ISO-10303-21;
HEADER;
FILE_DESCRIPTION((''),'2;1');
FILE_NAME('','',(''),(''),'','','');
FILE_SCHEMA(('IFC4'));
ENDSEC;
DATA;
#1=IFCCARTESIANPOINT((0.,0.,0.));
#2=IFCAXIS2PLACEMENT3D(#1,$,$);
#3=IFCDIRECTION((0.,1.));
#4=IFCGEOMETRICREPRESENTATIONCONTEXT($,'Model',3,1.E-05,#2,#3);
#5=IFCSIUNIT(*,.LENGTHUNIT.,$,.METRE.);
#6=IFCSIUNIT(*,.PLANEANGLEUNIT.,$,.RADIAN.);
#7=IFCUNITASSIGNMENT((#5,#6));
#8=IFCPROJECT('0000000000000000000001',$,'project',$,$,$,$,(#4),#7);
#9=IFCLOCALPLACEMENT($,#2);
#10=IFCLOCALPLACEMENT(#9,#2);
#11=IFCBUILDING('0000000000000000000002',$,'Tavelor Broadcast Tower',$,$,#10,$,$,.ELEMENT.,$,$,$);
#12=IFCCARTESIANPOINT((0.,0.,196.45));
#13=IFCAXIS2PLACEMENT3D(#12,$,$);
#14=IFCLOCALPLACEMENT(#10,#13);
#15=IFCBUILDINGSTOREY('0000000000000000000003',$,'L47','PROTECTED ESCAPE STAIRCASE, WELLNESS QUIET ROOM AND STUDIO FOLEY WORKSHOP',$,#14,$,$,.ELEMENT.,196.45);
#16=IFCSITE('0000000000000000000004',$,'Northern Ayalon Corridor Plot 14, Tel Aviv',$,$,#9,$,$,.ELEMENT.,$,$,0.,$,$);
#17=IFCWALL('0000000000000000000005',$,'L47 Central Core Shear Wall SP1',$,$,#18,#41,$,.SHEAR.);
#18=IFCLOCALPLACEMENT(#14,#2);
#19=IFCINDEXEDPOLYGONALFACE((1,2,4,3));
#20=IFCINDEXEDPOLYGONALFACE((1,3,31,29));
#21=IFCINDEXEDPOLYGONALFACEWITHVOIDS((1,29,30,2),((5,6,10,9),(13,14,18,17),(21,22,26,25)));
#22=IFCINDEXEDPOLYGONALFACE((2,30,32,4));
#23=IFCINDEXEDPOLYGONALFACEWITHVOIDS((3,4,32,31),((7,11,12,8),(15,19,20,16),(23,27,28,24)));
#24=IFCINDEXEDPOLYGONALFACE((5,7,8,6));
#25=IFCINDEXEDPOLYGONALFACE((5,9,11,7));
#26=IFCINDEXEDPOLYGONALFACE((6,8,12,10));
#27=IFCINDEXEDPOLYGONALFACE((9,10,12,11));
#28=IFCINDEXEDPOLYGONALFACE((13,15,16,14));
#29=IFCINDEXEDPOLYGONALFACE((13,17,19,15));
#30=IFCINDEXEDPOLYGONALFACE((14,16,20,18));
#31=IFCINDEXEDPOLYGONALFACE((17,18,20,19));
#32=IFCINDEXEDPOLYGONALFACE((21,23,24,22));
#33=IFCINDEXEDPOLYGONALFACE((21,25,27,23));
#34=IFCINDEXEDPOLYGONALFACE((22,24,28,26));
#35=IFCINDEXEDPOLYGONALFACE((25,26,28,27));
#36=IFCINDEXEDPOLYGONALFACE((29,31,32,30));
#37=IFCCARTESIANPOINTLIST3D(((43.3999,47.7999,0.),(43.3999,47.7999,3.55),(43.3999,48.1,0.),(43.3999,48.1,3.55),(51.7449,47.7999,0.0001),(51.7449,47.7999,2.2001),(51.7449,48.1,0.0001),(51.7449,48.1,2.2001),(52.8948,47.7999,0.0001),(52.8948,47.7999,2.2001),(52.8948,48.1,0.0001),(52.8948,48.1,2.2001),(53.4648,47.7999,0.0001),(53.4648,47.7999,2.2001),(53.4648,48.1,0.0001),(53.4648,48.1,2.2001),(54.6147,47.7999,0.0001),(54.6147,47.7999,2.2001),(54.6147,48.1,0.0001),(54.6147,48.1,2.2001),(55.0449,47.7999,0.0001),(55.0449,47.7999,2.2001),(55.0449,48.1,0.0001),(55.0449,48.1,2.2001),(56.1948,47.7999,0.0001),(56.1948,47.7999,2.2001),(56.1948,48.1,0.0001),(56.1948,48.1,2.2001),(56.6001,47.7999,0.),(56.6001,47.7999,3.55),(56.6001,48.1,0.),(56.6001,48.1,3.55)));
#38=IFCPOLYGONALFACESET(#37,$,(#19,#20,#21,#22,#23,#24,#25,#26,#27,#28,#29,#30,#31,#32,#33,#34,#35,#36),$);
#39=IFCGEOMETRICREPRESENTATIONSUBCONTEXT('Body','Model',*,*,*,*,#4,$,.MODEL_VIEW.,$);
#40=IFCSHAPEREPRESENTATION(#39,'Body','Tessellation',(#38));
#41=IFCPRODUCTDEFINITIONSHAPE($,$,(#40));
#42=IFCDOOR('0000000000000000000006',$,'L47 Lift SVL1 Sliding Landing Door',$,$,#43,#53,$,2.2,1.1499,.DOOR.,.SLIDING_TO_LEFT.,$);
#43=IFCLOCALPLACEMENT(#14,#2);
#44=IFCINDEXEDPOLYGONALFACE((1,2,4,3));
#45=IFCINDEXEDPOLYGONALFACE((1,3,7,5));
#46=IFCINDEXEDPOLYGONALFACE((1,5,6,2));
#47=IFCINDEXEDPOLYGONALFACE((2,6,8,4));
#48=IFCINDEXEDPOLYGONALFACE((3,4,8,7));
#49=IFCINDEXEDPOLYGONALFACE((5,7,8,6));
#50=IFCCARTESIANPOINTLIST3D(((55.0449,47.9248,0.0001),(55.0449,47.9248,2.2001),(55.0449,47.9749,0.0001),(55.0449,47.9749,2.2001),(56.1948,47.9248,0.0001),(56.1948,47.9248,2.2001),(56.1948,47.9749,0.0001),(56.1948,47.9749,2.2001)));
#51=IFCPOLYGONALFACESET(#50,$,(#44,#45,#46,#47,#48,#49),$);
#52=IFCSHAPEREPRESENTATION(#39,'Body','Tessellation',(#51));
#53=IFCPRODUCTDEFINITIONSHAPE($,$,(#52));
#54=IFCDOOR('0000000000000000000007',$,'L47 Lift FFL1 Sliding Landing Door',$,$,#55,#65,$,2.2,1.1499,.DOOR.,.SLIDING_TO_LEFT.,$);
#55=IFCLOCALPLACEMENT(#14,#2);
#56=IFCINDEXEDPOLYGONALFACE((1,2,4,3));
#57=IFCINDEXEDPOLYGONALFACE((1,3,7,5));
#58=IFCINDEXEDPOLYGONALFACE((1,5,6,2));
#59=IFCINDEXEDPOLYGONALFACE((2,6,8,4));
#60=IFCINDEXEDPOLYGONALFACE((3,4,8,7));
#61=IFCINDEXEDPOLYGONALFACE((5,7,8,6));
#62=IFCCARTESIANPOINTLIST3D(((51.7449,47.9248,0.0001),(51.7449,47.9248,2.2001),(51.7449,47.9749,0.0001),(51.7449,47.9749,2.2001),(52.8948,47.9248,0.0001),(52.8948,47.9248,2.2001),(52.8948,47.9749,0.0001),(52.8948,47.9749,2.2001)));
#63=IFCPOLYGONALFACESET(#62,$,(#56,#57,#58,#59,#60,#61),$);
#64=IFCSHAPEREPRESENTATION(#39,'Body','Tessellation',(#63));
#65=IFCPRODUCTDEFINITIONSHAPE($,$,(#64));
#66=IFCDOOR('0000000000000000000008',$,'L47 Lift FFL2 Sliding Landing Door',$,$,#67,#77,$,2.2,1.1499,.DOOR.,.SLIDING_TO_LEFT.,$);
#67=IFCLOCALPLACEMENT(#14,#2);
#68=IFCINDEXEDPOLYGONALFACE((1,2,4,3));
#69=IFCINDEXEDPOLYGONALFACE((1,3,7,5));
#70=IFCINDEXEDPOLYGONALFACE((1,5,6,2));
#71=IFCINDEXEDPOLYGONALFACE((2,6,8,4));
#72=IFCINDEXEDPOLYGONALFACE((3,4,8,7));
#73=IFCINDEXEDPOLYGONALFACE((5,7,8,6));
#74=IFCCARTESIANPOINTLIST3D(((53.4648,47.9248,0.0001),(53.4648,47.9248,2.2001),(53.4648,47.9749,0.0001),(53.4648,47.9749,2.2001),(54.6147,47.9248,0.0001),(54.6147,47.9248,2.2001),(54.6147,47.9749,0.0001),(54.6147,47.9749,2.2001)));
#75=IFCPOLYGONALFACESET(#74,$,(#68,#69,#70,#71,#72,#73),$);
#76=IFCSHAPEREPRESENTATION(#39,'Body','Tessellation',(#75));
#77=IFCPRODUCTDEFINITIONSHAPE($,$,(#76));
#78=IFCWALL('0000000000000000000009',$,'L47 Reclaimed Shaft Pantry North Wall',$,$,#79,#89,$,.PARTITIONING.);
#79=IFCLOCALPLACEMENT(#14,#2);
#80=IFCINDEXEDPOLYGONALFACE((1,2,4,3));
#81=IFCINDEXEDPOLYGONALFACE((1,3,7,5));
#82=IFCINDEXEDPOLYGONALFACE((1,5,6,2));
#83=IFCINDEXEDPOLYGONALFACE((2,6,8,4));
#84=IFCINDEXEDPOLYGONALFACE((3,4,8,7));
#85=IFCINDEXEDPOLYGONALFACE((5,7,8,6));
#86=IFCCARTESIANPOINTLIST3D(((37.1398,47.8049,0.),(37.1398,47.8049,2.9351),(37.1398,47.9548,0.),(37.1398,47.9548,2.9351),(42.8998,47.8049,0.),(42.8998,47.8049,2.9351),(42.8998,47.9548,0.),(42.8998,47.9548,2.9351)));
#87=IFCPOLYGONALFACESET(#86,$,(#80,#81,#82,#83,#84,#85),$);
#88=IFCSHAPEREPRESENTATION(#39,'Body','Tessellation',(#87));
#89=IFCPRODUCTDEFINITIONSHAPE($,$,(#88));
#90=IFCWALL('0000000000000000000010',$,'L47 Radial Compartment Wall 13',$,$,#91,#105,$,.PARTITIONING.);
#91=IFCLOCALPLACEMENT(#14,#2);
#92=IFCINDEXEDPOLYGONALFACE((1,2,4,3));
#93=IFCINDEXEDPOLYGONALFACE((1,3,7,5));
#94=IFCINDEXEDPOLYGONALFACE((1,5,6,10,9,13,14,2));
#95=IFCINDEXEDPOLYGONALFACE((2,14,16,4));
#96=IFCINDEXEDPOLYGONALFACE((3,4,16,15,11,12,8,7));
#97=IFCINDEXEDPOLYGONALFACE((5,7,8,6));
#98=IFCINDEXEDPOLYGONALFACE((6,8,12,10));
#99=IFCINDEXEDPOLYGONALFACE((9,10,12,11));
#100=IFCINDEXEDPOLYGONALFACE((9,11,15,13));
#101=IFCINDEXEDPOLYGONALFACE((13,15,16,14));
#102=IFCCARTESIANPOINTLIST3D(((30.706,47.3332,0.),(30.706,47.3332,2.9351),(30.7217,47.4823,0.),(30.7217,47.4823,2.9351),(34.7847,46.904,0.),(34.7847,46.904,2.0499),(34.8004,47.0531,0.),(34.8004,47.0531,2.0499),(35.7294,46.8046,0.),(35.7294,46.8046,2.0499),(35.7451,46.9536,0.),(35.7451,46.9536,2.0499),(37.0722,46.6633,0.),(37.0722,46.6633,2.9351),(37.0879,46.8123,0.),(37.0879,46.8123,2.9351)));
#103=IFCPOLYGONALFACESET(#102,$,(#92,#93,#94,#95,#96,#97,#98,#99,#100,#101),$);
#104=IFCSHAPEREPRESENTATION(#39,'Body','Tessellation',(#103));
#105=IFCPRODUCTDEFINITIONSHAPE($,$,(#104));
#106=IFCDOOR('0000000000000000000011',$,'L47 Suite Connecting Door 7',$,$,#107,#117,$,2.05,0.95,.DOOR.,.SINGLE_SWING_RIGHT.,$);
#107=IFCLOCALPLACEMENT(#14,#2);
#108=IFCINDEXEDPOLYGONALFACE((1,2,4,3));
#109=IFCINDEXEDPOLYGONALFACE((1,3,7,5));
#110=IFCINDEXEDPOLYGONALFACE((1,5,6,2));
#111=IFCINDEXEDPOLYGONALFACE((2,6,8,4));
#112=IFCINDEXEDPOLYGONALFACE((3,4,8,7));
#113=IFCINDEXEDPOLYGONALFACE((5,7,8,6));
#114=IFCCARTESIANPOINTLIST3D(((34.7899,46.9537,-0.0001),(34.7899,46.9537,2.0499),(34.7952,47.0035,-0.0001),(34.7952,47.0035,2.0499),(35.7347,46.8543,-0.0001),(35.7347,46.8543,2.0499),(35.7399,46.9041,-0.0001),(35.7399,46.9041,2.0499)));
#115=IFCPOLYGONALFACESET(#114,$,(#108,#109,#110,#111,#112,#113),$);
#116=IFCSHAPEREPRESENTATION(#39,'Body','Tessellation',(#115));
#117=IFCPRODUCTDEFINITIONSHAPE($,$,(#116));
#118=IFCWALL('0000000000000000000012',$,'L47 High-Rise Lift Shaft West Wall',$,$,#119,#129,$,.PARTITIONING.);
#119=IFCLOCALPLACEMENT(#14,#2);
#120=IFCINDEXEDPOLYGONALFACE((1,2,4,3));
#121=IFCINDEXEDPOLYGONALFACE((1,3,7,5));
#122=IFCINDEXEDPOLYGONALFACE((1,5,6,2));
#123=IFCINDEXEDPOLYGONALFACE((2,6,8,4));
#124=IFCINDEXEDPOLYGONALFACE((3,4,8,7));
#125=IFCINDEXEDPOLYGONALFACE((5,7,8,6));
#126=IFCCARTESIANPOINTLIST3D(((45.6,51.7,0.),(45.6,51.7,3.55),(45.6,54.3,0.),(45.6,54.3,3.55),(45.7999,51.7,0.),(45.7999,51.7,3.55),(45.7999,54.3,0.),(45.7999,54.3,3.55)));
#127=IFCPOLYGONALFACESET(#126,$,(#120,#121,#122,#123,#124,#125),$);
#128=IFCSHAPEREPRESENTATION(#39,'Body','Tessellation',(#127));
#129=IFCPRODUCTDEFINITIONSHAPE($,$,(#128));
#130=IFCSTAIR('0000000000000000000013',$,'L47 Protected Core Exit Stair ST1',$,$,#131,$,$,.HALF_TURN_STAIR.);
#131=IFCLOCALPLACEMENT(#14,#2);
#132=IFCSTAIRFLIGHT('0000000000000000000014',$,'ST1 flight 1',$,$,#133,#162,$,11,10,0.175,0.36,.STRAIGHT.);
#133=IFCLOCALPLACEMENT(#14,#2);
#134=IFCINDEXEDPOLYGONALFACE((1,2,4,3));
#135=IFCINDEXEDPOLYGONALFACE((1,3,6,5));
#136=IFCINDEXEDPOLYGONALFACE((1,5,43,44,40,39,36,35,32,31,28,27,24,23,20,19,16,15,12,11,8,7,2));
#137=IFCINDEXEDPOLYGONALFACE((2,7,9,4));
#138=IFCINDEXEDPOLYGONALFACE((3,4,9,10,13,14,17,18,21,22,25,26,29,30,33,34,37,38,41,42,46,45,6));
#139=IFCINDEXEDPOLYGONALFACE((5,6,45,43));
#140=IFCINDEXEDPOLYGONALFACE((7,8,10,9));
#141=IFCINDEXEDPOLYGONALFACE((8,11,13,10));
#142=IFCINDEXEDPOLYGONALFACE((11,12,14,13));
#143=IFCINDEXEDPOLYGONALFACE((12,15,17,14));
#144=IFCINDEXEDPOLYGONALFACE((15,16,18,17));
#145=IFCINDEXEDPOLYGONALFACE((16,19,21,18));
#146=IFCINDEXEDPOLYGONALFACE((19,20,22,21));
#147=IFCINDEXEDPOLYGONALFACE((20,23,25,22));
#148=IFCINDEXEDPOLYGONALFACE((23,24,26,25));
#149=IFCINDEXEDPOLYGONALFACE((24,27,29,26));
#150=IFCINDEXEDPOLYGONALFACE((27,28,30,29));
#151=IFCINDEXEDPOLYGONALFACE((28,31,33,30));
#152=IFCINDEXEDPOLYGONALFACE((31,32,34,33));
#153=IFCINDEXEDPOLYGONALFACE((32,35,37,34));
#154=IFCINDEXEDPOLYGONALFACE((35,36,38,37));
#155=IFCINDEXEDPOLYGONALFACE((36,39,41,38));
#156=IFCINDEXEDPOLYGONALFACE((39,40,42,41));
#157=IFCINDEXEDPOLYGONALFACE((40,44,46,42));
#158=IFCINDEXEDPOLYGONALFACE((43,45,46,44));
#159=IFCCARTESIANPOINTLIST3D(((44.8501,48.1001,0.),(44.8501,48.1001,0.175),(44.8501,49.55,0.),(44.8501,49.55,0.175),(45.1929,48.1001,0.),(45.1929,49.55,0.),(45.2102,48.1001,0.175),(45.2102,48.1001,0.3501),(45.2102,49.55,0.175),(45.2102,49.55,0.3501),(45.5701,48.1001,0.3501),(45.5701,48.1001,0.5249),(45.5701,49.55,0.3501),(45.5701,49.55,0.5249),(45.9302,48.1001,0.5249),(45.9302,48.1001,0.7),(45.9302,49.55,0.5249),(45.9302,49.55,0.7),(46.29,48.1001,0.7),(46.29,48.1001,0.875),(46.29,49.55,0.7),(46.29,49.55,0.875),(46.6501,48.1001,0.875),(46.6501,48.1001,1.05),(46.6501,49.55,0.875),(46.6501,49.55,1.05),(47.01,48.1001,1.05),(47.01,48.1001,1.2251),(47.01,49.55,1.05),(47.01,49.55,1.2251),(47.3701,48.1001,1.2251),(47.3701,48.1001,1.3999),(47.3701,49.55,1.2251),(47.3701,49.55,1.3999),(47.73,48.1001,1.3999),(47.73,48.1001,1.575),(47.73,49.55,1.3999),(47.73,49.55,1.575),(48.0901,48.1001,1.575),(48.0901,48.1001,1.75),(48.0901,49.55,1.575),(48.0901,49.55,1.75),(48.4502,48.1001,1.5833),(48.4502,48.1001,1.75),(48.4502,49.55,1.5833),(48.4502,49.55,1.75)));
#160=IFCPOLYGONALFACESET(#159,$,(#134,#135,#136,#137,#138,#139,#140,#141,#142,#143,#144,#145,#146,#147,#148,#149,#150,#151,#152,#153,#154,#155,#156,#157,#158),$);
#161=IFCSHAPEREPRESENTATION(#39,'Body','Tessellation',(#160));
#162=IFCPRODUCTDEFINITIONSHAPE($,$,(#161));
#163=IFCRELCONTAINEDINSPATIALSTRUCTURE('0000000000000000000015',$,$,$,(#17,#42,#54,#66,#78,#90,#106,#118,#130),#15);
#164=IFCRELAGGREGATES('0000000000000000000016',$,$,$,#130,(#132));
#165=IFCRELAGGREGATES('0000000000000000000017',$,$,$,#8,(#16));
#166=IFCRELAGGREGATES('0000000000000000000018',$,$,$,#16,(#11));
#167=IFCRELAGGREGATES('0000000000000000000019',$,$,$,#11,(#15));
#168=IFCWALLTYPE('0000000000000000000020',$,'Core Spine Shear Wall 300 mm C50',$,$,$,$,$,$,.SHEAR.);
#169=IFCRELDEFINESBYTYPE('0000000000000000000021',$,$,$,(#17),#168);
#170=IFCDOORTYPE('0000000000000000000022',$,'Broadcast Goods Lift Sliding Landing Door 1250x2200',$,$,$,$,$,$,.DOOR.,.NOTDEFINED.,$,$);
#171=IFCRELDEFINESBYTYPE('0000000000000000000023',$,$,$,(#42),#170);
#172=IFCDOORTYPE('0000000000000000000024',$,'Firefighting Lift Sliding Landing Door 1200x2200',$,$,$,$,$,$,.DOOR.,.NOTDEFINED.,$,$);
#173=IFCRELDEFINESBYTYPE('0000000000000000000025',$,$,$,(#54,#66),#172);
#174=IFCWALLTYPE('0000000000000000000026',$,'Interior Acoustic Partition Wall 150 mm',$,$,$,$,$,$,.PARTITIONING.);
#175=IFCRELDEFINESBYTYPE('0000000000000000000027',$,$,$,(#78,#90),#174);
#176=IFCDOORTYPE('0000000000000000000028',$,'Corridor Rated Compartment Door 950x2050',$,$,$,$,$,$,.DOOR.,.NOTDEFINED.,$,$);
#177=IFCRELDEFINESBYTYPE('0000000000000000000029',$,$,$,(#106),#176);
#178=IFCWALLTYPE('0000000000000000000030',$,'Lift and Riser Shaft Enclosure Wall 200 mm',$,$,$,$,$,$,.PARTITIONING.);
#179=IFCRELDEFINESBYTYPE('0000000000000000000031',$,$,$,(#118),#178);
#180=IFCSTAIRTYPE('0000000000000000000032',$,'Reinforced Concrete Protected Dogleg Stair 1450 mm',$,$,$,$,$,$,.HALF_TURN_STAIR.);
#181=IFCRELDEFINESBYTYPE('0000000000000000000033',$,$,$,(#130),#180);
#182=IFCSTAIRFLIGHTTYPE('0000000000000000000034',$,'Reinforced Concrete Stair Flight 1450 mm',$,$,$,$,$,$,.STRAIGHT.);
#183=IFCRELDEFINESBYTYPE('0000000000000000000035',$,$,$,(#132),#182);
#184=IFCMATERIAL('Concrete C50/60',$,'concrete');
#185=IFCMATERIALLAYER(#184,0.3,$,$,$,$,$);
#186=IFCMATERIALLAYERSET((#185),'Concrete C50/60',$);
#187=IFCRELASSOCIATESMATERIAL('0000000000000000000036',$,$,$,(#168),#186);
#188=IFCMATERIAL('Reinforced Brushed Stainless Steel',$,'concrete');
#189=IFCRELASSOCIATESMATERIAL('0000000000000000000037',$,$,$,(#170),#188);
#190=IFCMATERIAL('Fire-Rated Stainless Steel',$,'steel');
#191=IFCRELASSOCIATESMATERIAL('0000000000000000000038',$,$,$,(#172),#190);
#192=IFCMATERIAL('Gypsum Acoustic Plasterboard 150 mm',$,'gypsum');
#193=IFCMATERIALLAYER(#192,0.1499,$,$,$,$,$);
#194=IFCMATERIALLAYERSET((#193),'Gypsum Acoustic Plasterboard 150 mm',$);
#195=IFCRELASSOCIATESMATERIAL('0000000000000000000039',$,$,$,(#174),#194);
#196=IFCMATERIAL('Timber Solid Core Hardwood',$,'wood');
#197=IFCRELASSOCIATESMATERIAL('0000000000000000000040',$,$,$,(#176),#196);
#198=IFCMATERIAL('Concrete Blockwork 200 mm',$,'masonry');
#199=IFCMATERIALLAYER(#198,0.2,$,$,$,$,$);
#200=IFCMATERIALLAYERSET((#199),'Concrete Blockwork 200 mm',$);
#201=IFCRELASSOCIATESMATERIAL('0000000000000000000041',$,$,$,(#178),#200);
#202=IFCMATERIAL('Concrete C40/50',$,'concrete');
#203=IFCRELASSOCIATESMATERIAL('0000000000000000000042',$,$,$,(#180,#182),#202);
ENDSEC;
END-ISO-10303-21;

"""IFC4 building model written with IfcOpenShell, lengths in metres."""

from ifc_helpers import new_model, si_unit, direction, frame, frame_2d, origin, place, context, subcontext, project, spatial, polyline, rectangle, outline, extrude, material, layer, layer_set, type_object, element, fill, aggregate, save


model = new_model("IFC4")

# Units and contexts
model_context = context("Model", 3, precision=1e-05, world=origin(), true_north=direction((0.0, 1.0)))
body_context = subcontext(model_context, "Body", "Model", "MODEL_VIEW")
ifc_project = project(units=[si_unit("LENGTHUNIT", "METRE"), si_unit("PLANEANGLEUNIT", "RADIAN")], contexts=[model_context])

# Site, building, storey
site_placement = place(None, origin())
site = spatial("IfcSite", under=ifc_project, at=site_placement, Name="Northern Ayalon Corridor Plot 14, Tel Aviv", CompositionType="ELEMENT", RefElevation=0.0)
building_placement = place(site_placement, origin())
building = spatial("IfcBuilding", under=site, at=building_placement, Name="Tavelor Broadcast Tower", CompositionType="ELEMENT")
storey_placement = place(building_placement, frame((0.0, 0.0, 196.45)))
storey = spatial("IfcBuildingStorey", under=building, at=storey_placement, Name="L47", Description="PROTECTED ESCAPE STAIRCASE, WELLNESS QUIET ROOM AND STUDIO FOLEY WORKSHOP", CompositionType="ELEMENT", Elevation=196.45)

# Shared definitions
ifc_material_1 = material(Name="Concrete C50/60", Category="concrete")

# Wall, openings, doors
ifc_layer_1 = layer(ifc_material_1, 0.3)
ifc_layer_set_1 = layer_set([ifc_layer_1], Name="Concrete C50/60")
wall_type_1 = type_object("IfcWallType", Name="Core Spine Shear Wall 300 mm C50", PredefinedType="SHEAR", material=ifc_layer_set_1)
wall_1_placement = place(storey_placement, frame((43.3999, 47.95, 0.0), z_axis=(0.0, 0.0, 1.0), x_axis=(1.0, 0.0, 0.0)))
wall_1 = element("IfcWall", 1, at=wall_1_placement, inside=storey, type_object=wall_type_1, Name="L47 Central Core Shear Wall SP1", PredefinedType="SHEAR", context=body_context, shape_type="SweptSolid", body=[
    extrude(rectangle(XDim=13.2002, YDim=0.3, at=frame_2d((6.6001, 0.0))), origin(), (0.0, 0.0, 1.0), 3.55),
])
opening_1_placement = place(wall_1_placement, frame((8.345, 0.0, 0.0)))
opening_1 = element("IfcOpeningElement", 2, at=opening_1_placement, cuts=wall_1, PredefinedType="OPENING", context=body_context, shape_type="SweptSolid", body=[
    extrude(rectangle(XDim=1.1499, YDim=2.2, at=frame_2d((0.575, 1.1001))), frame((0.0, 0.1602, 0.0), z_axis=(0.0, -1.0, 0.0), x_axis=(1.0, 0.0, 0.0)), (0.0, 0.0, 1.0), 0.3201),
])
opening_2_placement = place(wall_1_placement, frame((10.0649, 0.0, 0.0)))
opening_2 = element("IfcOpeningElement", 3, at=opening_2_placement, cuts=wall_1, PredefinedType="OPENING", context=body_context, shape_type="SweptSolid", body=[
    extrude(rectangle(XDim=1.1499, YDim=2.2, at=frame_2d((0.575, 1.1001))), frame((0.0, 0.1602, 0.0), z_axis=(0.0, -1.0, 0.0), x_axis=(1.0, 0.0, 0.0)), (0.0, 0.0, 1.0), 0.3201),
])
opening_3_placement = place(wall_1_placement, frame((11.645, 0.0, 0.0)))
opening_3 = element("IfcOpeningElement", 4, at=opening_3_placement, cuts=wall_1, PredefinedType="OPENING", context=body_context, shape_type="SweptSolid", body=[
    extrude(rectangle(XDim=1.1499, YDim=2.2, at=frame_2d((0.575, 1.1001))), frame((0.0, 0.1602, 0.0), z_axis=(0.0, -1.0, 0.0), x_axis=(1.0, 0.0, 0.0)), (0.0, 0.0, 1.0), 0.3201),
])
ifc_material_2 = material(Name="Reinforced Brushed Stainless Steel", Category="concrete")
door_type_1 = type_object("IfcDoorType", Name="Broadcast Goods Lift Sliding Landing Door 1250x2200", OperationType="NOTDEFINED", PredefinedType="DOOR", material=ifc_material_2)
door_1_placement = place(opening_3_placement, origin())
door_1 = element("IfcDoor", 5, at=door_1_placement, inside=storey, type_object=door_type_1, Name="L47 Lift SVL1 Sliding Landing Door", OperationType="SLIDING_TO_LEFT", OverallHeight=2.2, OverallWidth=1.1499, PredefinedType="DOOR", context=body_context, shape_type="SweptSolid", body=[
    extrude(rectangle(XDim=1.1499, YDim=2.2, at=frame_2d((0.575, 1.1001))), frame((0.0, 0.0249, 0.0), z_axis=(0.0, -1.0, 0.0), x_axis=(1.0, 0.0, 0.0)), (0.0, 0.0, 1.0), 0.05),
])
fill(opening_3, door_1)
ifc_material_3 = material(Name="Fire-Rated Stainless Steel", Category="steel")
door_type_2 = type_object("IfcDoorType", Name="Firefighting Lift Sliding Landing Door 1200x2200", OperationType="NOTDEFINED", PredefinedType="DOOR", material=ifc_material_3)
door_2_placement = place(opening_1_placement, origin())
door_2 = element("IfcDoor", 6, at=door_2_placement, inside=storey, type_object=door_type_2, Name="L47 Lift FFL1 Sliding Landing Door", OperationType="SLIDING_TO_LEFT", OverallHeight=2.2, OverallWidth=1.1499, PredefinedType="DOOR", context=body_context, shape_type="SweptSolid", body=[
    extrude(rectangle(XDim=1.1499, YDim=2.2, at=frame_2d((0.575, 1.1001))), frame((0.0, 0.0249, 0.0), z_axis=(0.0, -1.0, 0.0), x_axis=(1.0, 0.0, 0.0)), (0.0, 0.0, 1.0), 0.05),
])
fill(opening_1, door_2)
door_3_placement = place(opening_2_placement, origin())
door_3 = element("IfcDoor", 7, at=door_3_placement, inside=storey, type_object=door_type_2, Name="L47 Lift FFL2 Sliding Landing Door", OperationType="SLIDING_TO_LEFT", OverallHeight=2.2, OverallWidth=1.1499, PredefinedType="DOOR", context=body_context, shape_type="SweptSolid", body=[
    extrude(rectangle(XDim=1.1499, YDim=2.2, at=frame_2d((0.575, 1.1001))), frame((0.0, 0.0249, 0.0), z_axis=(0.0, -1.0, 0.0), x_axis=(1.0, 0.0, 0.0)), (0.0, 0.0, 1.0), 0.05),
])
fill(opening_2, door_3)

# Wall
ifc_material_4 = material(Name="Gypsum Acoustic Plasterboard 150 mm", Category="gypsum")
ifc_layer_2 = layer(ifc_material_4, 0.1499)
ifc_layer_set_2 = layer_set([ifc_layer_2], Name="Gypsum Acoustic Plasterboard 150 mm")
wall_type_2 = type_object("IfcWallType", Name="Interior Acoustic Partition Wall 150 mm", PredefinedType="PARTITIONING", material=ifc_layer_set_2)
wall_2_placement = place(storey_placement, frame((37.1399, 47.8799, 0.0), z_axis=(0.0, 0.0, 1.0), x_axis=(1.0, 0.0, 0.0)))
element("IfcWall", 8, at=wall_2_placement, inside=storey, type_object=wall_type_2, Name="L47 Reclaimed Shaft Pantry North Wall", PredefinedType="PARTITIONING", context=body_context, shape_type="SweptSolid", body=[
    extrude(rectangle(XDim=5.76, YDim=0.1499, at=frame_2d((2.8799, 0.0))), origin(), (0.0, 0.0, 1.0), 2.9351),
])

# Wall, opening, door
wall_3_placement = place(storey_placement, frame((37.0801, 46.7378, 0.0), z_axis=(0.0, 0.0, 1.0), x_axis=(-0.994509, 0.104653, 0.0)))
wall_3 = element("IfcWall", 9, at=wall_3_placement, inside=storey, type_object=wall_type_2, Name="L47 Radial Compartment Wall 13", PredefinedType="PARTITIONING", context=body_context, shape_type="SweptSolid", body=[
    extrude(rectangle(XDim=6.4014, YDim=0.1499, at=frame_2d((3.2007, 0.0))), origin(), (0.0, 0.0, 1.0), 2.9351),
])
opening_4_placement = place(wall_3_placement, frame((1.3501, 0.0, 0.0)))
opening_4 = element("IfcOpeningElement", 10, at=opening_4_placement, cuts=wall_3, PredefinedType="OPENING", context=body_context, shape_type="SweptSolid", body=[
    extrude(rectangle(XDim=0.95, YDim=2.05, at=frame_2d((0.4751, 1.0249))), frame((0.0, 0.085, 0.0), z_axis=(0.0, -1.0, 0.0), x_axis=(1.0, 0.0, 0.0)), (0.0, 0.0, 1.0), 0.1699),
])
ifc_material_5 = material(Name="Timber Solid Core Hardwood", Category="wood")
door_type_3 = type_object("IfcDoorType", Name="Corridor Rated Compartment Door 950x2050", OperationType="NOTDEFINED", PredefinedType="DOOR", material=ifc_material_5)
door_4_placement = place(opening_4_placement, origin())
door_4 = element("IfcDoor", 11, at=door_4_placement, inside=storey, type_object=door_type_3, Name="L47 Suite Connecting Door 7", OperationType="SINGLE_SWING_RIGHT", OverallHeight=2.05, OverallWidth=0.95, PredefinedType="DOOR", context=body_context, shape_type="SweptSolid", body=[
    extrude(rectangle(XDim=0.95, YDim=2.05, at=frame_2d((0.4751, 1.0249))), frame((0.0, 0.0249, 0.0), z_axis=(0.0, -1.0, 0.0), x_axis=(1.0, 0.0, 0.0)), (0.0, 0.0, 1.0), 0.05),
])
fill(opening_4, door_4)

# Wall
ifc_material_6 = material(Name="Concrete Blockwork 200 mm", Category="masonry")
ifc_layer_3 = layer(ifc_material_6, 0.2)
ifc_layer_set_3 = layer_set([ifc_layer_3], Name="Concrete Blockwork 200 mm")
wall_type_3 = type_object("IfcWallType", Name="Lift and Riser Shaft Enclosure Wall 200 mm", PredefinedType="PARTITIONING", material=ifc_layer_set_3)
wall_4_placement = place(storey_placement, frame((45.7, 51.7, 0.0), z_axis=(0.0, 0.0, 1.0), x_axis=(0.0, 1.0, 0.0)))
element("IfcWall", 12, at=wall_4_placement, inside=storey, type_object=wall_type_3, Name="L47 High-Rise Lift Shaft West Wall", PredefinedType="PARTITIONING", context=body_context, shape_type="SweptSolid", body=[
    extrude(rectangle(XDim=2.6001, YDim=0.2, at=frame_2d((1.3, 0.0))), origin(), (0.0, 0.0, 1.0), 3.55),
])

# Stair, stair flight
ifc_material_7 = material(Name="Concrete C40/50", Category="concrete")
stair_type = type_object("IfcStairType", Name="Reinforced Concrete Protected Dogleg Stair 1450 mm", PredefinedType="HALF_TURN_STAIR", material=ifc_material_7)
stair_placement = place(storey_placement, origin())
stair = element("IfcStair", 13, at=stair_placement, inside=storey, type_object=stair_type, Name="L47 Protected Core Exit Stair ST1", PredefinedType="HALF_TURN_STAIR")
stair_flight_type = type_object("IfcStairFlightType", Name="Reinforced Concrete Stair Flight 1450 mm", PredefinedType="STRAIGHT", material=ifc_material_7)
stair_flight_placement = place(storey_placement, frame((44.8501, 48.825, 0.0), z_axis=(0.0, 0.0, 1.0), x_axis=(1.0, 0.0, 0.0)))
stair_flight = element("IfcStairFlight", 14, at=stair_flight_placement, type_object=stair_flight_type, Name="ST1 flight 1", NumberOfRisers=11, NumberOfTreads=10, PredefinedType="STRAIGHT", RiserHeight=0.175, TreadLength=0.36, context=body_context, shape_type="SweptSolid", body=[
    extrude(outline(polyline([(0.0, 0.0), (0.0, 0.175), (0.3601, 0.175), (0.3601, 0.3501), (0.72, 0.3501), (0.72, 0.5249), (1.0801, 0.5249), (1.0801, 0.7), (1.4399, 0.7), (1.4399, 0.875), (1.8, 0.875), (1.8, 1.05), (2.1599, 1.05), (2.1599, 1.2251), (2.52, 1.2251), (2.52, 1.3999), (2.8799, 1.3999), (2.8799, 1.575), (3.24, 1.575), (3.24, 1.75), (3.6001, 1.75), (3.6001, 1.925), (3.6001, 1.5833), (0.3428, 0.0), (0.0, 0.0)])), frame((0.0, 0.7251, 0.0), z_axis=(0.0, -1.0, 0.0), x_axis=(1.0, 0.0, 0.0)), (0.0, 0.0, 1.0), 1.45),
])
aggregate(stair, [stair_flight])

save(model, "model.ifc")
